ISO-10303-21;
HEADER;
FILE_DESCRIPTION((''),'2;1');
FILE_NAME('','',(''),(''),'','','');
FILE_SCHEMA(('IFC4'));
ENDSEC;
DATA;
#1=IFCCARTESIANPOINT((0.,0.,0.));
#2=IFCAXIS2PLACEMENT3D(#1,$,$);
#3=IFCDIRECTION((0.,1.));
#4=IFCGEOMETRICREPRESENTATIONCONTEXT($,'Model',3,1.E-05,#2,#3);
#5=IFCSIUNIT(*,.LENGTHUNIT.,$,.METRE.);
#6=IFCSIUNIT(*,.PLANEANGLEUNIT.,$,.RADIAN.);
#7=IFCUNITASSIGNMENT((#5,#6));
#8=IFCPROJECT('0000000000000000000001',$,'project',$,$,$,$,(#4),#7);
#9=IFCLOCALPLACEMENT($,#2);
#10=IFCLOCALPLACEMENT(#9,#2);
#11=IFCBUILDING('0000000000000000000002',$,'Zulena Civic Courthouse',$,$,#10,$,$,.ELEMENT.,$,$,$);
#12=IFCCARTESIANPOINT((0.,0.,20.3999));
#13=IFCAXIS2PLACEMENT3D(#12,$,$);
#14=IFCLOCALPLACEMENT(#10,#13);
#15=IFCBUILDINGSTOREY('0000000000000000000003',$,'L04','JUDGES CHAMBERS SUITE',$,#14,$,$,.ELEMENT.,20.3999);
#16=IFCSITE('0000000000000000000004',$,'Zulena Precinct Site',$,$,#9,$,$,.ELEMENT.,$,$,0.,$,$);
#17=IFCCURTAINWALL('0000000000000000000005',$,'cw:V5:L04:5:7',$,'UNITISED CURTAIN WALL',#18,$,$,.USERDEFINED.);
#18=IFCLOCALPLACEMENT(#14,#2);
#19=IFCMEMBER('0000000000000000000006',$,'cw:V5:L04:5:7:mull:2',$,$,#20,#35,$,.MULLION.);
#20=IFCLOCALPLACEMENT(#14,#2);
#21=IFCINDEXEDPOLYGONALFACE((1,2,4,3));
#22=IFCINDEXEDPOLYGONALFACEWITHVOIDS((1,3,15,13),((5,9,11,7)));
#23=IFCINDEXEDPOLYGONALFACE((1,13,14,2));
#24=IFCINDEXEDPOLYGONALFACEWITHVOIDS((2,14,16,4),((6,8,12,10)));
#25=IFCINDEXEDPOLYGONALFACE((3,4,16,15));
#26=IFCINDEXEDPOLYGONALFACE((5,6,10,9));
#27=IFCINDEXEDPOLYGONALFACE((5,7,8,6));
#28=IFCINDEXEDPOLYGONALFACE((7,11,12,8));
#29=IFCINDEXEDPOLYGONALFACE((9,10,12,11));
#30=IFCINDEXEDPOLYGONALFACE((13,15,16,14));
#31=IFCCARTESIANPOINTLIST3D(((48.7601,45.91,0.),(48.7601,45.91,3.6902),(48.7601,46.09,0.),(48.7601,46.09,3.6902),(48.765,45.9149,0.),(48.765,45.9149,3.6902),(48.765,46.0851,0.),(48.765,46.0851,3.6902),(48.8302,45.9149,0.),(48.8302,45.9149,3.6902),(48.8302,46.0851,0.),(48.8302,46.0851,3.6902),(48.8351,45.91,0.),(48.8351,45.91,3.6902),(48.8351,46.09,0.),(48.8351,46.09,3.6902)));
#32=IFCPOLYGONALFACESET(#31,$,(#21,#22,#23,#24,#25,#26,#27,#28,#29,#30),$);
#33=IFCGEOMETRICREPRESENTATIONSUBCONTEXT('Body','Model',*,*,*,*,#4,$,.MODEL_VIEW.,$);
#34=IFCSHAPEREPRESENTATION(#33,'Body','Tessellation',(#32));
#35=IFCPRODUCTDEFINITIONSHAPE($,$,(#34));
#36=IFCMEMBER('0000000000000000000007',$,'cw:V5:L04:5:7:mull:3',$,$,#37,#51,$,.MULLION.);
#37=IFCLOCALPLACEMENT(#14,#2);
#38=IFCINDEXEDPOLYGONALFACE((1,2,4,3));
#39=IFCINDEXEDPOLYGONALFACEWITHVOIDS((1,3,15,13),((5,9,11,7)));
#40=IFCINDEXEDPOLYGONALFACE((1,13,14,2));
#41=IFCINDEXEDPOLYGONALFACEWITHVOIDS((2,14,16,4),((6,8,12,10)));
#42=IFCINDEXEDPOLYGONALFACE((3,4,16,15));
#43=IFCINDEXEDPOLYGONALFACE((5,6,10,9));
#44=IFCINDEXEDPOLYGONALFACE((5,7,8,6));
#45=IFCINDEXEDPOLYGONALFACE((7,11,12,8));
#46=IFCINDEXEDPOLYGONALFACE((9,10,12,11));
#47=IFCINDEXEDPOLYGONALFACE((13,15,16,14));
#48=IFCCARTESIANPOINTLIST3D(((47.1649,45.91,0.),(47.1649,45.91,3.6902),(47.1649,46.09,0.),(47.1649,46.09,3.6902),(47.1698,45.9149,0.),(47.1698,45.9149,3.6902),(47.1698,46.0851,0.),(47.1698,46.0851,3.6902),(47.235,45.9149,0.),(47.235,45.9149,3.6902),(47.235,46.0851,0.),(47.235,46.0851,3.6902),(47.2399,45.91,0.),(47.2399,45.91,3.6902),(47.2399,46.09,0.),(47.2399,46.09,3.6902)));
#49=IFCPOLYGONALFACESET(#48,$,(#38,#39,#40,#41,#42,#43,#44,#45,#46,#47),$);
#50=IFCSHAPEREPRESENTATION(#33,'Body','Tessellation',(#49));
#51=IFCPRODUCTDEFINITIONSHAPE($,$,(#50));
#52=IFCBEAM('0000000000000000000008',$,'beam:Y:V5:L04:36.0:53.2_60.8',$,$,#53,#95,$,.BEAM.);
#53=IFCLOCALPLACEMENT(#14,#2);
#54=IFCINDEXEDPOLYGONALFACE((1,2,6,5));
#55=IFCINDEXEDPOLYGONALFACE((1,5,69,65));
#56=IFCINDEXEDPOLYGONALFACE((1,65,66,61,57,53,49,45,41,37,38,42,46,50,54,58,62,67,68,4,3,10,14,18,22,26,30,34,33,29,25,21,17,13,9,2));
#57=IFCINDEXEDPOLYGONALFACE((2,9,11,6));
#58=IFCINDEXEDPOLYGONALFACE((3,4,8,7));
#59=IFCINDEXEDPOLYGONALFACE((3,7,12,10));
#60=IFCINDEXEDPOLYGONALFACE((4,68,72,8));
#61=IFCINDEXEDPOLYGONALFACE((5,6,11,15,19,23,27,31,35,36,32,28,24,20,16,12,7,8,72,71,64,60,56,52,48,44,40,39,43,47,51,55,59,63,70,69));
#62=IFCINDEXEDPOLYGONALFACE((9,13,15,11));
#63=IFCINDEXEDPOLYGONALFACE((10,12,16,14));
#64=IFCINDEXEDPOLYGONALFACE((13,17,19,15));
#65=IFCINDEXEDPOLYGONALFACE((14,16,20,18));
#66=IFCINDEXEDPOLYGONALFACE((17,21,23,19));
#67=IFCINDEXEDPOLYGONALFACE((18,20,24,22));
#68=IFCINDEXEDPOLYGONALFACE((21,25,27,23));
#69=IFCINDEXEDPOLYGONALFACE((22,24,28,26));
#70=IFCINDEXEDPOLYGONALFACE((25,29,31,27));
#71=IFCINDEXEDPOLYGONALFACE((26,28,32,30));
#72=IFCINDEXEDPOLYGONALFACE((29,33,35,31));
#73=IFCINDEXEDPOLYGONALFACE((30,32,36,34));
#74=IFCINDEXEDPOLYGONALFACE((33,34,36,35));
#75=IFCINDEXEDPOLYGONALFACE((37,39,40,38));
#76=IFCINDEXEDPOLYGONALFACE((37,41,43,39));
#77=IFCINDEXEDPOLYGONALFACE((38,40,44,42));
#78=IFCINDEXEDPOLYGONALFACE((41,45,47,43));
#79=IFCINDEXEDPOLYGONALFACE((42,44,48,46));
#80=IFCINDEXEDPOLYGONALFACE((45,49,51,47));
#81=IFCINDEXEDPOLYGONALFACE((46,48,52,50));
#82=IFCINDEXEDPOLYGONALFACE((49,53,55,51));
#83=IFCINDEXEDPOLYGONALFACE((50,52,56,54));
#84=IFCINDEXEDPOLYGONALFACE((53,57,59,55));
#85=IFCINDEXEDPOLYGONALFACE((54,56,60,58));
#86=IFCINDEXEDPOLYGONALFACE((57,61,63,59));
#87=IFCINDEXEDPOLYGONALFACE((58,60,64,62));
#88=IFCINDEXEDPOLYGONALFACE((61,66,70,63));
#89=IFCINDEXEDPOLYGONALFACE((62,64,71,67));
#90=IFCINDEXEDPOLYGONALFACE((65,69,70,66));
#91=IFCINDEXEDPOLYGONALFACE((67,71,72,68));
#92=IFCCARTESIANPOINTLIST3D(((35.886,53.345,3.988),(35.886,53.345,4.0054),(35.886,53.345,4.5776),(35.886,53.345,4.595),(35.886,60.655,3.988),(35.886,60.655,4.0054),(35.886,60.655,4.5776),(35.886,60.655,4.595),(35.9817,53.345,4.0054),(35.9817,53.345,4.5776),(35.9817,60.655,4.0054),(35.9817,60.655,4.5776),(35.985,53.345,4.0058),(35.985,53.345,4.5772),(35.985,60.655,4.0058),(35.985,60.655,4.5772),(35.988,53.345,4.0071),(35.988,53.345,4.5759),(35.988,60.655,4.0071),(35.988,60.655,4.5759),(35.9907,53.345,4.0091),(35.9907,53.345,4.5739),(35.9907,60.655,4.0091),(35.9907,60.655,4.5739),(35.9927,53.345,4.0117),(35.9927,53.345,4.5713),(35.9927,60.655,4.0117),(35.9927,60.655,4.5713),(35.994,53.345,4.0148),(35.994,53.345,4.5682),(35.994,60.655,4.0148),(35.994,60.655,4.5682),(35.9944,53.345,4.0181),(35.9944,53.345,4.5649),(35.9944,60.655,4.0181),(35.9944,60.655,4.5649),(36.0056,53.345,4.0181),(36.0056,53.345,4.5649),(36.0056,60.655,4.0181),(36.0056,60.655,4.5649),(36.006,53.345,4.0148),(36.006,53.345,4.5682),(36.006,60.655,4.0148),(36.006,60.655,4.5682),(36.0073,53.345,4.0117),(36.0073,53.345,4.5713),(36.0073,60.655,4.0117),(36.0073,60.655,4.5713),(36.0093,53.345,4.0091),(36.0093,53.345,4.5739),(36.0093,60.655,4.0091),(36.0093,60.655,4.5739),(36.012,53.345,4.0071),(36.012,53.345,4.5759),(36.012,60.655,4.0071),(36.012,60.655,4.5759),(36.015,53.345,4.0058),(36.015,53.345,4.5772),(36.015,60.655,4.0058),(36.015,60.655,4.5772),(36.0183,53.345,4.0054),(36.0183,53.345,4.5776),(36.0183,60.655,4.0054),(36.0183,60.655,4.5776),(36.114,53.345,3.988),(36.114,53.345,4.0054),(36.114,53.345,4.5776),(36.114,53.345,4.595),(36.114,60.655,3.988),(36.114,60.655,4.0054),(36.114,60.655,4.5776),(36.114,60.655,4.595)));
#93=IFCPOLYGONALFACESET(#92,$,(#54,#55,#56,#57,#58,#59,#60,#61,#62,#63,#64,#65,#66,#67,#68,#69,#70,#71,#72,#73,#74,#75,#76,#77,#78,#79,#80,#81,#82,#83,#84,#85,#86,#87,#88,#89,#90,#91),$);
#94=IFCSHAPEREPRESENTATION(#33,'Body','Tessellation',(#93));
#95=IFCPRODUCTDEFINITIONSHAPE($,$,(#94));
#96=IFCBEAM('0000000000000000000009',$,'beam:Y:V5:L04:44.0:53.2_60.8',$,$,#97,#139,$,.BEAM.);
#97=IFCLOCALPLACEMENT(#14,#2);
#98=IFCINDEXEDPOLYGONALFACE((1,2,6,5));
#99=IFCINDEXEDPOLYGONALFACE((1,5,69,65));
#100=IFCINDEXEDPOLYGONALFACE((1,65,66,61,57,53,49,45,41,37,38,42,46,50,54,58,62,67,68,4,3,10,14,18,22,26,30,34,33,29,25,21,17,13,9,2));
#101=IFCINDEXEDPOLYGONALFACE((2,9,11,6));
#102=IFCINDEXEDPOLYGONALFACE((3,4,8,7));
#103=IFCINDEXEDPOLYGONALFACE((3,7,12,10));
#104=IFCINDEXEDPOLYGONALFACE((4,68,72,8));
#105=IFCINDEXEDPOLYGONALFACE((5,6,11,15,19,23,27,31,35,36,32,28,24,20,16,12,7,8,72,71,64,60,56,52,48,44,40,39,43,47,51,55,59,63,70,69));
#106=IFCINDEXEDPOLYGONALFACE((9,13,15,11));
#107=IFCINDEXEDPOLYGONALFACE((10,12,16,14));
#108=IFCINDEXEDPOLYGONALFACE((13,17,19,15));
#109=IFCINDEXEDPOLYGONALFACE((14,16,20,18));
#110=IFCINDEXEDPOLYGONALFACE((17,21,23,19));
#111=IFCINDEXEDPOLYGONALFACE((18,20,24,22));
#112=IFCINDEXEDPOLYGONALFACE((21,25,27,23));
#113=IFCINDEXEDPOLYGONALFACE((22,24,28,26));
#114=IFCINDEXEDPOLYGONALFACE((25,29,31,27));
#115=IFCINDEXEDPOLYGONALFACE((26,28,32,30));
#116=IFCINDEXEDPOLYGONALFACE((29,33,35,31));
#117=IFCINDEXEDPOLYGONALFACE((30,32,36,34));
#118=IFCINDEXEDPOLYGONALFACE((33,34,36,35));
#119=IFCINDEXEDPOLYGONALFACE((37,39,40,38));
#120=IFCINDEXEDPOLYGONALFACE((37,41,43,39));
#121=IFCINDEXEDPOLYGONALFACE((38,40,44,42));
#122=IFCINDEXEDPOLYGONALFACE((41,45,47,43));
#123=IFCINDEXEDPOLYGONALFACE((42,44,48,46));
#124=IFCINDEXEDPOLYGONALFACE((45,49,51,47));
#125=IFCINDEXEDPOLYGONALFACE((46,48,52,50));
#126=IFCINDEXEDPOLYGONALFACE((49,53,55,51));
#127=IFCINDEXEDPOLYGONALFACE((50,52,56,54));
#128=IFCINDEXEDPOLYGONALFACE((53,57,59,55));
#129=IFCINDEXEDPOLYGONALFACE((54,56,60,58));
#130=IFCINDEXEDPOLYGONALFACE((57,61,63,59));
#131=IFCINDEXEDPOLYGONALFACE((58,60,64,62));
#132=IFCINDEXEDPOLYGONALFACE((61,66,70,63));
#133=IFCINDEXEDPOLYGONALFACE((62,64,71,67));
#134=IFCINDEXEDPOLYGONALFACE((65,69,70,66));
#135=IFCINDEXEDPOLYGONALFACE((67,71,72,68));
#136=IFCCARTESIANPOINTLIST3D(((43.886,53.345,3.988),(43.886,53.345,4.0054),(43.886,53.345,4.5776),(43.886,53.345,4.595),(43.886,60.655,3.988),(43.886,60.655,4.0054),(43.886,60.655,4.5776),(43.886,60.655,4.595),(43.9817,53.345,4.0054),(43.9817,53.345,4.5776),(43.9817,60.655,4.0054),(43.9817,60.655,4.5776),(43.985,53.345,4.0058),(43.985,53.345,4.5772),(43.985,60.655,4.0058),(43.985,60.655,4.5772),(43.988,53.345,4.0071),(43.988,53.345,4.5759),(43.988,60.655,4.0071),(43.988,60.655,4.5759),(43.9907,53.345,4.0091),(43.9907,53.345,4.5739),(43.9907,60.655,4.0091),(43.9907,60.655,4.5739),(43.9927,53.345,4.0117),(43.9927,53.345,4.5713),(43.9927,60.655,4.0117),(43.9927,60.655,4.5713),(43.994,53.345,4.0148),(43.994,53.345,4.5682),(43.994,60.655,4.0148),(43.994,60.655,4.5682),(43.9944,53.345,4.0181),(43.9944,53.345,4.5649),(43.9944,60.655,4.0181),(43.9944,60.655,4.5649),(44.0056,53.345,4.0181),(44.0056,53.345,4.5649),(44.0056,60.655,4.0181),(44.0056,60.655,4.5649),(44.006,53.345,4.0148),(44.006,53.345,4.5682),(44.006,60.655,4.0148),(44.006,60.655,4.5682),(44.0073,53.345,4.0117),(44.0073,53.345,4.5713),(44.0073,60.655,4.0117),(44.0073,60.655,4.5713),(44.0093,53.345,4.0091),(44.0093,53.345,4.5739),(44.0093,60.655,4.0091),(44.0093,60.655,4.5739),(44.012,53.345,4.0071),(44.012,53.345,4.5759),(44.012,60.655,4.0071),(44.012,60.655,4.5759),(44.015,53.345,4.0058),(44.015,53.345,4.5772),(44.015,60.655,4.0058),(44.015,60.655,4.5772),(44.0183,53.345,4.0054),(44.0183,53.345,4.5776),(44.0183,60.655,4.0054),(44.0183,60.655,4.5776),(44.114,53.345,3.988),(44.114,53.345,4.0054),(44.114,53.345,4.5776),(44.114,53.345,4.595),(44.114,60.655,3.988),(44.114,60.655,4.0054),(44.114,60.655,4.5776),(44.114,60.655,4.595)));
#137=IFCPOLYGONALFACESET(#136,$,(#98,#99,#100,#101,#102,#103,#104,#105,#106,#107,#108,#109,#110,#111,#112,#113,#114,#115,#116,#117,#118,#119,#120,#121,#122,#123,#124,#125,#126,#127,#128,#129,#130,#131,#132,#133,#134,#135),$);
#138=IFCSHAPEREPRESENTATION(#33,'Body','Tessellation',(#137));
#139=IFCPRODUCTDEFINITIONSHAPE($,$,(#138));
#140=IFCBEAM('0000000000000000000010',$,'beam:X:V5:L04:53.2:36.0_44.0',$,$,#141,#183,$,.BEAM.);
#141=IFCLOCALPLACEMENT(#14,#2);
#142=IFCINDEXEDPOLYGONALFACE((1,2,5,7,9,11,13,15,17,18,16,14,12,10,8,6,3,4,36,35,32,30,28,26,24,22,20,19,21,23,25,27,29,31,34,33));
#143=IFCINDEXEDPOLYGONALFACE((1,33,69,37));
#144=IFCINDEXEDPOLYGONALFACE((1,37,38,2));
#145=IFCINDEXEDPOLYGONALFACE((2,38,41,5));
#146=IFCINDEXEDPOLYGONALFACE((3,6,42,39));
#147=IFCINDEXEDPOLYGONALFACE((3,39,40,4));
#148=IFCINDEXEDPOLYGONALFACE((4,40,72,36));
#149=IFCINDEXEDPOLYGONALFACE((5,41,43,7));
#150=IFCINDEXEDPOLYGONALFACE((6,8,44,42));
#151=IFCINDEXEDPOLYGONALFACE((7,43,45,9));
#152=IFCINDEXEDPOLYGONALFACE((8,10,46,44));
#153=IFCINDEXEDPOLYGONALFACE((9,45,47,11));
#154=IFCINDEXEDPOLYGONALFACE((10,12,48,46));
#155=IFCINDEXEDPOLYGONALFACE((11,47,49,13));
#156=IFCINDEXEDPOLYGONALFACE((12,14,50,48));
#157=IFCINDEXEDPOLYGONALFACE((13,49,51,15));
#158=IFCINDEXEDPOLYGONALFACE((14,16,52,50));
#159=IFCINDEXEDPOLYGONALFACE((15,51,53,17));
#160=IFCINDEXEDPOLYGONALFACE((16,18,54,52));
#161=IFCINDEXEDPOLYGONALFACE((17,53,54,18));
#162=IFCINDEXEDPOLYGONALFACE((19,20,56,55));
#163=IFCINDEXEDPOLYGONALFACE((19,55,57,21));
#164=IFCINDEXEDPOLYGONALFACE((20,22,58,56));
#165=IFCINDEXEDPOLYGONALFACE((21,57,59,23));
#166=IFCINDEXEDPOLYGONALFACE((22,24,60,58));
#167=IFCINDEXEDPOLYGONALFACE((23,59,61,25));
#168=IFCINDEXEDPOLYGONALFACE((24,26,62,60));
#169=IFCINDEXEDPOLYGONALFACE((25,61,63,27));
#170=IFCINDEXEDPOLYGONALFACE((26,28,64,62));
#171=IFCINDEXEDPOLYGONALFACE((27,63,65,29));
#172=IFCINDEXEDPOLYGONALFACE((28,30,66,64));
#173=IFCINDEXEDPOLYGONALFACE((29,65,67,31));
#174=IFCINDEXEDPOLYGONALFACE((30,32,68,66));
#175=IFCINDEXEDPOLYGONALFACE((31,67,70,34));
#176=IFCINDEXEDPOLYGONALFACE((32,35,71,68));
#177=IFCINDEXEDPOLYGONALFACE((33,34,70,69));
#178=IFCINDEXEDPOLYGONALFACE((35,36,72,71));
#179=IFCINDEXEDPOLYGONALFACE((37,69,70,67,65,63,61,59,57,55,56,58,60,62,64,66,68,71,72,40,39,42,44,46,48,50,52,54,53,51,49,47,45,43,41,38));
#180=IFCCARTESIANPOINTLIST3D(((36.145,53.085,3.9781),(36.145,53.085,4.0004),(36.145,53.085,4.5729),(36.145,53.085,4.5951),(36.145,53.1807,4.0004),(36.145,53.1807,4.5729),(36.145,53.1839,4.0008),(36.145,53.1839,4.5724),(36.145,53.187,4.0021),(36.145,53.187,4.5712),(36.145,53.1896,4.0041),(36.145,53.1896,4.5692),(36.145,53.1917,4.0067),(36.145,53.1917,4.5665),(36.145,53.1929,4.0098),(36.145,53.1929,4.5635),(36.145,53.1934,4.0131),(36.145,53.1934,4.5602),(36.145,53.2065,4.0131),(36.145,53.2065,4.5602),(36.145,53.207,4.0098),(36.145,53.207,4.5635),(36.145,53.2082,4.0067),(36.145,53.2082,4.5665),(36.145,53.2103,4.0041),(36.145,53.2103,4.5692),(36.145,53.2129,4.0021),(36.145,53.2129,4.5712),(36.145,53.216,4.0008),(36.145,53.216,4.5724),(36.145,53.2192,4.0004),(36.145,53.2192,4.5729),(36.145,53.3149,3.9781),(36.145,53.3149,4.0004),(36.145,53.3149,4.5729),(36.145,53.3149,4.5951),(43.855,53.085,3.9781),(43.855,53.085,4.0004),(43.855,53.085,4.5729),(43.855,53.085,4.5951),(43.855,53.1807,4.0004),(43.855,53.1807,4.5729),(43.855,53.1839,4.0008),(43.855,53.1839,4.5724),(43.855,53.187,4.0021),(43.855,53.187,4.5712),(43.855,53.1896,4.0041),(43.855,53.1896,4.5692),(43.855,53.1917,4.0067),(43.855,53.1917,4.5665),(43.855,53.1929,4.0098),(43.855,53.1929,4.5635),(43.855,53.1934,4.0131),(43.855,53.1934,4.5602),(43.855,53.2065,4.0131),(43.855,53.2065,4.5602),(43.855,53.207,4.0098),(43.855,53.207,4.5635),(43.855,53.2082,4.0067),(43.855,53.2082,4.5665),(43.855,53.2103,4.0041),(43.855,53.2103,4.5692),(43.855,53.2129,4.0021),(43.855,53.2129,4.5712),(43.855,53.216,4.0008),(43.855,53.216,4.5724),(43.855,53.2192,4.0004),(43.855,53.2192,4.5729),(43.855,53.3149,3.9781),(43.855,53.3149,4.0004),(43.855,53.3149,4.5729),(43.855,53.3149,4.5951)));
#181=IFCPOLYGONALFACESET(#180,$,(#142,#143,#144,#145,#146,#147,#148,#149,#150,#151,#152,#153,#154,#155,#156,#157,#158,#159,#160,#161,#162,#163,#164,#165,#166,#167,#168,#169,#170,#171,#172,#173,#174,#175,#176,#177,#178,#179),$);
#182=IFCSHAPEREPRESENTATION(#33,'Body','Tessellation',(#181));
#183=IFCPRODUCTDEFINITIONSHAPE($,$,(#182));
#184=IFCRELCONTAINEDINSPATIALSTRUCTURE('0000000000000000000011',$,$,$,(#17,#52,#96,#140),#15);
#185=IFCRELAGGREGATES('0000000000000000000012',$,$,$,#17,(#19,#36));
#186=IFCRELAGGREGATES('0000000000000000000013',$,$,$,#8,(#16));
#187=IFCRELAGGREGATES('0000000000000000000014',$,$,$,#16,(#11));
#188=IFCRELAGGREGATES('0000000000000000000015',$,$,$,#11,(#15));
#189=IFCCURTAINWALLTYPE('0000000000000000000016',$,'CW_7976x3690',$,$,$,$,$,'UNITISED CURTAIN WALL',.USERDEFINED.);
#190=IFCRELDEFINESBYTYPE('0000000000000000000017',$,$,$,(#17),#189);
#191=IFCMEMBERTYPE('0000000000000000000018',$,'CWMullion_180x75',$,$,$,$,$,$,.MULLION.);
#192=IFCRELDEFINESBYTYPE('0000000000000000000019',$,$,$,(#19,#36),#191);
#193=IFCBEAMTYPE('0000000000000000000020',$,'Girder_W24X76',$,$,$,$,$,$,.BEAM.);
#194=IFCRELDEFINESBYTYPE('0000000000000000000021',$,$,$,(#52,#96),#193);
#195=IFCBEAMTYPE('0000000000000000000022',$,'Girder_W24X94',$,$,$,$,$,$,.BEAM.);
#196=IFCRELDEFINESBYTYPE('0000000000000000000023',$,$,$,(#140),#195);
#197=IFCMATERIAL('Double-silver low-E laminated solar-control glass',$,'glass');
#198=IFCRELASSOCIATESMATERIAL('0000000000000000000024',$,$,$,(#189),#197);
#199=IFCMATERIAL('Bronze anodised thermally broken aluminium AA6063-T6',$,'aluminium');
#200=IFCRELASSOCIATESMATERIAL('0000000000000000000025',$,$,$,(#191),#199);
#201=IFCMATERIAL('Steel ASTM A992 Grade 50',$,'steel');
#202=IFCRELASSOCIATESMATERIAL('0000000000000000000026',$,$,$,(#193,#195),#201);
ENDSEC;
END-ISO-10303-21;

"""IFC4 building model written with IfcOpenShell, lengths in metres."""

from ifc_helpers import new_model, si_unit, direction, frame, origin, origin_2d, place, context, subcontext, project, spatial, hollow_rectangle, i_section, extrude, material, material_profile, profile_set, type_object, element, aggregate, save


model = new_model("IFC4")

# Units and contexts
model_context = context("Model", 3, precision=1e-05, world=origin(), true_north=direction((0.0, 1.0)))
body_context = subcontext(model_context, "Body", "Model", "MODEL_VIEW")
ifc_project = project(units=[si_unit("LENGTHUNIT", "METRE"), si_unit("PLANEANGLEUNIT", "RADIAN")], contexts=[model_context])

# Site, building, storey
site_placement = place(None, origin())
site = spatial("IfcSite", under=ifc_project, at=site_placement, Name="Zulena Precinct Site", CompositionType="ELEMENT", RefElevation=0.0)
building_placement = place(site_placement, origin())
building = spatial("IfcBuilding", under=site, at=building_placement, Name="Zulena Civic Courthouse", CompositionType="ELEMENT")
storey_placement = place(building_placement, frame((0.0, 0.0, 20.3999)))
storey = spatial("IfcBuildingStorey", under=building, at=storey_placement, Name="L04", Description="JUDGES CHAMBERS SUITE", CompositionType="ELEMENT", Elevation=20.3999)

# Shared definitions
ifc_material_1 = material(Name="Steel ASTM A992 Grade 50", Category="steel")

# Curtain wall, members
ifc_material_2 = material(Name="Double-silver low-E laminated solar-control glass", Category="glass")
curtain_wall_type = type_object("IfcCurtainWallType", Name="CW_7976x3690", ElementType="UNITISED CURTAIN WALL", PredefinedType="USERDEFINED", material=ifc_material_2)
curtain_wall_placement = place(storey_placement, origin())
curtain_wall = element("IfcCurtainWall", 1, at=curtain_wall_placement, inside=storey, type_object=curtain_wall_type, Name="cw:V5:L04:5:7", ObjectType="UNITISED CURTAIN WALL", PredefinedType="USERDEFINED")
ifc_material_3 = material(Name="Bronze anodised thermally broken aluminium AA6063-T6", Category="aluminium")
ifc_material_profile_1 = material_profile(ifc_material_3, hollow_rectangle(XDim=0.075, YDim=0.1799, WallThickness=0.0049, at=origin_2d()), Name="CWM180X75X5")
ifc_profile_set_1 = profile_set([ifc_material_profile_1], Name="Bronze anodised thermally broken aluminium AA6063-T6")
member_type = type_object("IfcMemberType", Name="CWMullion_180x75", PredefinedType="MULLION", material=ifc_profile_set_1)
member_1_placement = place(storey_placement, frame((48.7976, 46.0, 0.0), z_axis=(0.0, 0.0, 1.0), x_axis=(1.0, 0.0, 0.0)))
member_1 = element("IfcMember", 2, at=member_1_placement, type_object=member_type, Name="cw:V5:L04:5:7:mull:2", PredefinedType="MULLION", context=body_context, shape_type="SweptSolid", body=[
    extrude(hollow_rectangle(XDim=0.075, YDim=0.1799, WallThickness=0.0049, at=origin_2d()), origin(), (0.0, 0.0, 1.0), 3.6902),
])
member_2_placement = place(storey_placement, frame((47.2024, 46.0, 0.0), z_axis=(0.0, 0.0, 1.0), x_axis=(1.0, 0.0, 0.0)))
member_2 = element("IfcMember", 3, at=member_2_placement, type_object=member_type, Name="cw:V5:L04:5:7:mull:3", PredefinedType="MULLION", context=body_context, shape_type="SweptSolid", body=[
    extrude(hollow_rectangle(XDim=0.075, YDim=0.1799, WallThickness=0.0049, at=origin_2d()), origin(), (0.0, 0.0, 1.0), 3.6902),
])

# Beams
ifc_material_profile_2 = material_profile(ifc_material_1, i_section(OverallWidth=0.228, OverallDepth=0.6069, WebThickness=0.0112, FlangeThickness=0.0173, FilletRadius=0.0127, at=origin_2d()), Name="W24X76")
ifc_profile_set_2 = profile_set([ifc_material_profile_2], Name="Steel ASTM A992 Grade 50")
beam_type_1 = type_object("IfcBeamType", Name="Girder_W24X76", PredefinedType="BEAM", material=ifc_profile_set_2)
for number, where, z_axis, x_axis, name in (
    (4, (36.0, 53.345, 4.2915), (0.0, 1.0, 0.0), (-1.0, 0.0, 0.0), "beam:Y:V5:L04:36.0:53.2_60.8"),
    (5, (44.0, 53.345, 4.2915), (0.0, 1.0, 0.0), (-1.0, 0.0, 0.0), "beam:Y:V5:L04:44.0:53.2_60.8"),
):
    element("IfcBeam", number, at=place(storey_placement, frame(where, z_axis=z_axis, x_axis=x_axis)), inside=storey, type_object=beam_type_1, Name=name, PredefinedType="BEAM", context=body_context, shape_type="SweptSolid", body=[
        extrude(i_section(OverallWidth=0.228, OverallDepth=0.6069, WebThickness=0.0112, FlangeThickness=0.0173, FilletRadius=0.0127, at=origin_2d()), origin(), (0.0, 0.0, 1.0), 7.3101),
    ])
ifc_material_profile_3 = material_profile(ifc_material_1, i_section(OverallWidth=0.23, OverallDepth=0.6169, WebThickness=0.0132, FlangeThickness=0.0222, FilletRadius=0.0127, at=origin_2d()), Name="W24X94")
ifc_profile_set_3 = profile_set([ifc_material_profile_3], Name="Steel ASTM A992 Grade 50")
beam_type_2 = type_object("IfcBeamType", Name="Girder_W24X94", PredefinedType="BEAM", material=ifc_profile_set_3)
for number, where, z_axis, x_axis, name in (
    (6, (36.145, 53.2, 4.2866), (1.0, 0.0, 0.0), (0.0, 1.0, 0.0), "beam:X:V5:L04:53.2:36.0_44.0"),
):
    element("IfcBeam", number, at=place(storey_placement, frame(where, z_axis=z_axis, x_axis=x_axis)), inside=storey, type_object=beam_type_2, Name=name, PredefinedType="BEAM", context=body_context, shape_type="SweptSolid", body=[
        extrude(i_section(OverallWidth=0.23, OverallDepth=0.6169, WebThickness=0.0132, FlangeThickness=0.0222, FilletRadius=0.0127, at=origin_2d()), origin(), (0.0, 0.0, 1.0), 7.71),
    ])

aggregate(curtain_wall, [member_1, member_2])

save(model, "model.ifc")
